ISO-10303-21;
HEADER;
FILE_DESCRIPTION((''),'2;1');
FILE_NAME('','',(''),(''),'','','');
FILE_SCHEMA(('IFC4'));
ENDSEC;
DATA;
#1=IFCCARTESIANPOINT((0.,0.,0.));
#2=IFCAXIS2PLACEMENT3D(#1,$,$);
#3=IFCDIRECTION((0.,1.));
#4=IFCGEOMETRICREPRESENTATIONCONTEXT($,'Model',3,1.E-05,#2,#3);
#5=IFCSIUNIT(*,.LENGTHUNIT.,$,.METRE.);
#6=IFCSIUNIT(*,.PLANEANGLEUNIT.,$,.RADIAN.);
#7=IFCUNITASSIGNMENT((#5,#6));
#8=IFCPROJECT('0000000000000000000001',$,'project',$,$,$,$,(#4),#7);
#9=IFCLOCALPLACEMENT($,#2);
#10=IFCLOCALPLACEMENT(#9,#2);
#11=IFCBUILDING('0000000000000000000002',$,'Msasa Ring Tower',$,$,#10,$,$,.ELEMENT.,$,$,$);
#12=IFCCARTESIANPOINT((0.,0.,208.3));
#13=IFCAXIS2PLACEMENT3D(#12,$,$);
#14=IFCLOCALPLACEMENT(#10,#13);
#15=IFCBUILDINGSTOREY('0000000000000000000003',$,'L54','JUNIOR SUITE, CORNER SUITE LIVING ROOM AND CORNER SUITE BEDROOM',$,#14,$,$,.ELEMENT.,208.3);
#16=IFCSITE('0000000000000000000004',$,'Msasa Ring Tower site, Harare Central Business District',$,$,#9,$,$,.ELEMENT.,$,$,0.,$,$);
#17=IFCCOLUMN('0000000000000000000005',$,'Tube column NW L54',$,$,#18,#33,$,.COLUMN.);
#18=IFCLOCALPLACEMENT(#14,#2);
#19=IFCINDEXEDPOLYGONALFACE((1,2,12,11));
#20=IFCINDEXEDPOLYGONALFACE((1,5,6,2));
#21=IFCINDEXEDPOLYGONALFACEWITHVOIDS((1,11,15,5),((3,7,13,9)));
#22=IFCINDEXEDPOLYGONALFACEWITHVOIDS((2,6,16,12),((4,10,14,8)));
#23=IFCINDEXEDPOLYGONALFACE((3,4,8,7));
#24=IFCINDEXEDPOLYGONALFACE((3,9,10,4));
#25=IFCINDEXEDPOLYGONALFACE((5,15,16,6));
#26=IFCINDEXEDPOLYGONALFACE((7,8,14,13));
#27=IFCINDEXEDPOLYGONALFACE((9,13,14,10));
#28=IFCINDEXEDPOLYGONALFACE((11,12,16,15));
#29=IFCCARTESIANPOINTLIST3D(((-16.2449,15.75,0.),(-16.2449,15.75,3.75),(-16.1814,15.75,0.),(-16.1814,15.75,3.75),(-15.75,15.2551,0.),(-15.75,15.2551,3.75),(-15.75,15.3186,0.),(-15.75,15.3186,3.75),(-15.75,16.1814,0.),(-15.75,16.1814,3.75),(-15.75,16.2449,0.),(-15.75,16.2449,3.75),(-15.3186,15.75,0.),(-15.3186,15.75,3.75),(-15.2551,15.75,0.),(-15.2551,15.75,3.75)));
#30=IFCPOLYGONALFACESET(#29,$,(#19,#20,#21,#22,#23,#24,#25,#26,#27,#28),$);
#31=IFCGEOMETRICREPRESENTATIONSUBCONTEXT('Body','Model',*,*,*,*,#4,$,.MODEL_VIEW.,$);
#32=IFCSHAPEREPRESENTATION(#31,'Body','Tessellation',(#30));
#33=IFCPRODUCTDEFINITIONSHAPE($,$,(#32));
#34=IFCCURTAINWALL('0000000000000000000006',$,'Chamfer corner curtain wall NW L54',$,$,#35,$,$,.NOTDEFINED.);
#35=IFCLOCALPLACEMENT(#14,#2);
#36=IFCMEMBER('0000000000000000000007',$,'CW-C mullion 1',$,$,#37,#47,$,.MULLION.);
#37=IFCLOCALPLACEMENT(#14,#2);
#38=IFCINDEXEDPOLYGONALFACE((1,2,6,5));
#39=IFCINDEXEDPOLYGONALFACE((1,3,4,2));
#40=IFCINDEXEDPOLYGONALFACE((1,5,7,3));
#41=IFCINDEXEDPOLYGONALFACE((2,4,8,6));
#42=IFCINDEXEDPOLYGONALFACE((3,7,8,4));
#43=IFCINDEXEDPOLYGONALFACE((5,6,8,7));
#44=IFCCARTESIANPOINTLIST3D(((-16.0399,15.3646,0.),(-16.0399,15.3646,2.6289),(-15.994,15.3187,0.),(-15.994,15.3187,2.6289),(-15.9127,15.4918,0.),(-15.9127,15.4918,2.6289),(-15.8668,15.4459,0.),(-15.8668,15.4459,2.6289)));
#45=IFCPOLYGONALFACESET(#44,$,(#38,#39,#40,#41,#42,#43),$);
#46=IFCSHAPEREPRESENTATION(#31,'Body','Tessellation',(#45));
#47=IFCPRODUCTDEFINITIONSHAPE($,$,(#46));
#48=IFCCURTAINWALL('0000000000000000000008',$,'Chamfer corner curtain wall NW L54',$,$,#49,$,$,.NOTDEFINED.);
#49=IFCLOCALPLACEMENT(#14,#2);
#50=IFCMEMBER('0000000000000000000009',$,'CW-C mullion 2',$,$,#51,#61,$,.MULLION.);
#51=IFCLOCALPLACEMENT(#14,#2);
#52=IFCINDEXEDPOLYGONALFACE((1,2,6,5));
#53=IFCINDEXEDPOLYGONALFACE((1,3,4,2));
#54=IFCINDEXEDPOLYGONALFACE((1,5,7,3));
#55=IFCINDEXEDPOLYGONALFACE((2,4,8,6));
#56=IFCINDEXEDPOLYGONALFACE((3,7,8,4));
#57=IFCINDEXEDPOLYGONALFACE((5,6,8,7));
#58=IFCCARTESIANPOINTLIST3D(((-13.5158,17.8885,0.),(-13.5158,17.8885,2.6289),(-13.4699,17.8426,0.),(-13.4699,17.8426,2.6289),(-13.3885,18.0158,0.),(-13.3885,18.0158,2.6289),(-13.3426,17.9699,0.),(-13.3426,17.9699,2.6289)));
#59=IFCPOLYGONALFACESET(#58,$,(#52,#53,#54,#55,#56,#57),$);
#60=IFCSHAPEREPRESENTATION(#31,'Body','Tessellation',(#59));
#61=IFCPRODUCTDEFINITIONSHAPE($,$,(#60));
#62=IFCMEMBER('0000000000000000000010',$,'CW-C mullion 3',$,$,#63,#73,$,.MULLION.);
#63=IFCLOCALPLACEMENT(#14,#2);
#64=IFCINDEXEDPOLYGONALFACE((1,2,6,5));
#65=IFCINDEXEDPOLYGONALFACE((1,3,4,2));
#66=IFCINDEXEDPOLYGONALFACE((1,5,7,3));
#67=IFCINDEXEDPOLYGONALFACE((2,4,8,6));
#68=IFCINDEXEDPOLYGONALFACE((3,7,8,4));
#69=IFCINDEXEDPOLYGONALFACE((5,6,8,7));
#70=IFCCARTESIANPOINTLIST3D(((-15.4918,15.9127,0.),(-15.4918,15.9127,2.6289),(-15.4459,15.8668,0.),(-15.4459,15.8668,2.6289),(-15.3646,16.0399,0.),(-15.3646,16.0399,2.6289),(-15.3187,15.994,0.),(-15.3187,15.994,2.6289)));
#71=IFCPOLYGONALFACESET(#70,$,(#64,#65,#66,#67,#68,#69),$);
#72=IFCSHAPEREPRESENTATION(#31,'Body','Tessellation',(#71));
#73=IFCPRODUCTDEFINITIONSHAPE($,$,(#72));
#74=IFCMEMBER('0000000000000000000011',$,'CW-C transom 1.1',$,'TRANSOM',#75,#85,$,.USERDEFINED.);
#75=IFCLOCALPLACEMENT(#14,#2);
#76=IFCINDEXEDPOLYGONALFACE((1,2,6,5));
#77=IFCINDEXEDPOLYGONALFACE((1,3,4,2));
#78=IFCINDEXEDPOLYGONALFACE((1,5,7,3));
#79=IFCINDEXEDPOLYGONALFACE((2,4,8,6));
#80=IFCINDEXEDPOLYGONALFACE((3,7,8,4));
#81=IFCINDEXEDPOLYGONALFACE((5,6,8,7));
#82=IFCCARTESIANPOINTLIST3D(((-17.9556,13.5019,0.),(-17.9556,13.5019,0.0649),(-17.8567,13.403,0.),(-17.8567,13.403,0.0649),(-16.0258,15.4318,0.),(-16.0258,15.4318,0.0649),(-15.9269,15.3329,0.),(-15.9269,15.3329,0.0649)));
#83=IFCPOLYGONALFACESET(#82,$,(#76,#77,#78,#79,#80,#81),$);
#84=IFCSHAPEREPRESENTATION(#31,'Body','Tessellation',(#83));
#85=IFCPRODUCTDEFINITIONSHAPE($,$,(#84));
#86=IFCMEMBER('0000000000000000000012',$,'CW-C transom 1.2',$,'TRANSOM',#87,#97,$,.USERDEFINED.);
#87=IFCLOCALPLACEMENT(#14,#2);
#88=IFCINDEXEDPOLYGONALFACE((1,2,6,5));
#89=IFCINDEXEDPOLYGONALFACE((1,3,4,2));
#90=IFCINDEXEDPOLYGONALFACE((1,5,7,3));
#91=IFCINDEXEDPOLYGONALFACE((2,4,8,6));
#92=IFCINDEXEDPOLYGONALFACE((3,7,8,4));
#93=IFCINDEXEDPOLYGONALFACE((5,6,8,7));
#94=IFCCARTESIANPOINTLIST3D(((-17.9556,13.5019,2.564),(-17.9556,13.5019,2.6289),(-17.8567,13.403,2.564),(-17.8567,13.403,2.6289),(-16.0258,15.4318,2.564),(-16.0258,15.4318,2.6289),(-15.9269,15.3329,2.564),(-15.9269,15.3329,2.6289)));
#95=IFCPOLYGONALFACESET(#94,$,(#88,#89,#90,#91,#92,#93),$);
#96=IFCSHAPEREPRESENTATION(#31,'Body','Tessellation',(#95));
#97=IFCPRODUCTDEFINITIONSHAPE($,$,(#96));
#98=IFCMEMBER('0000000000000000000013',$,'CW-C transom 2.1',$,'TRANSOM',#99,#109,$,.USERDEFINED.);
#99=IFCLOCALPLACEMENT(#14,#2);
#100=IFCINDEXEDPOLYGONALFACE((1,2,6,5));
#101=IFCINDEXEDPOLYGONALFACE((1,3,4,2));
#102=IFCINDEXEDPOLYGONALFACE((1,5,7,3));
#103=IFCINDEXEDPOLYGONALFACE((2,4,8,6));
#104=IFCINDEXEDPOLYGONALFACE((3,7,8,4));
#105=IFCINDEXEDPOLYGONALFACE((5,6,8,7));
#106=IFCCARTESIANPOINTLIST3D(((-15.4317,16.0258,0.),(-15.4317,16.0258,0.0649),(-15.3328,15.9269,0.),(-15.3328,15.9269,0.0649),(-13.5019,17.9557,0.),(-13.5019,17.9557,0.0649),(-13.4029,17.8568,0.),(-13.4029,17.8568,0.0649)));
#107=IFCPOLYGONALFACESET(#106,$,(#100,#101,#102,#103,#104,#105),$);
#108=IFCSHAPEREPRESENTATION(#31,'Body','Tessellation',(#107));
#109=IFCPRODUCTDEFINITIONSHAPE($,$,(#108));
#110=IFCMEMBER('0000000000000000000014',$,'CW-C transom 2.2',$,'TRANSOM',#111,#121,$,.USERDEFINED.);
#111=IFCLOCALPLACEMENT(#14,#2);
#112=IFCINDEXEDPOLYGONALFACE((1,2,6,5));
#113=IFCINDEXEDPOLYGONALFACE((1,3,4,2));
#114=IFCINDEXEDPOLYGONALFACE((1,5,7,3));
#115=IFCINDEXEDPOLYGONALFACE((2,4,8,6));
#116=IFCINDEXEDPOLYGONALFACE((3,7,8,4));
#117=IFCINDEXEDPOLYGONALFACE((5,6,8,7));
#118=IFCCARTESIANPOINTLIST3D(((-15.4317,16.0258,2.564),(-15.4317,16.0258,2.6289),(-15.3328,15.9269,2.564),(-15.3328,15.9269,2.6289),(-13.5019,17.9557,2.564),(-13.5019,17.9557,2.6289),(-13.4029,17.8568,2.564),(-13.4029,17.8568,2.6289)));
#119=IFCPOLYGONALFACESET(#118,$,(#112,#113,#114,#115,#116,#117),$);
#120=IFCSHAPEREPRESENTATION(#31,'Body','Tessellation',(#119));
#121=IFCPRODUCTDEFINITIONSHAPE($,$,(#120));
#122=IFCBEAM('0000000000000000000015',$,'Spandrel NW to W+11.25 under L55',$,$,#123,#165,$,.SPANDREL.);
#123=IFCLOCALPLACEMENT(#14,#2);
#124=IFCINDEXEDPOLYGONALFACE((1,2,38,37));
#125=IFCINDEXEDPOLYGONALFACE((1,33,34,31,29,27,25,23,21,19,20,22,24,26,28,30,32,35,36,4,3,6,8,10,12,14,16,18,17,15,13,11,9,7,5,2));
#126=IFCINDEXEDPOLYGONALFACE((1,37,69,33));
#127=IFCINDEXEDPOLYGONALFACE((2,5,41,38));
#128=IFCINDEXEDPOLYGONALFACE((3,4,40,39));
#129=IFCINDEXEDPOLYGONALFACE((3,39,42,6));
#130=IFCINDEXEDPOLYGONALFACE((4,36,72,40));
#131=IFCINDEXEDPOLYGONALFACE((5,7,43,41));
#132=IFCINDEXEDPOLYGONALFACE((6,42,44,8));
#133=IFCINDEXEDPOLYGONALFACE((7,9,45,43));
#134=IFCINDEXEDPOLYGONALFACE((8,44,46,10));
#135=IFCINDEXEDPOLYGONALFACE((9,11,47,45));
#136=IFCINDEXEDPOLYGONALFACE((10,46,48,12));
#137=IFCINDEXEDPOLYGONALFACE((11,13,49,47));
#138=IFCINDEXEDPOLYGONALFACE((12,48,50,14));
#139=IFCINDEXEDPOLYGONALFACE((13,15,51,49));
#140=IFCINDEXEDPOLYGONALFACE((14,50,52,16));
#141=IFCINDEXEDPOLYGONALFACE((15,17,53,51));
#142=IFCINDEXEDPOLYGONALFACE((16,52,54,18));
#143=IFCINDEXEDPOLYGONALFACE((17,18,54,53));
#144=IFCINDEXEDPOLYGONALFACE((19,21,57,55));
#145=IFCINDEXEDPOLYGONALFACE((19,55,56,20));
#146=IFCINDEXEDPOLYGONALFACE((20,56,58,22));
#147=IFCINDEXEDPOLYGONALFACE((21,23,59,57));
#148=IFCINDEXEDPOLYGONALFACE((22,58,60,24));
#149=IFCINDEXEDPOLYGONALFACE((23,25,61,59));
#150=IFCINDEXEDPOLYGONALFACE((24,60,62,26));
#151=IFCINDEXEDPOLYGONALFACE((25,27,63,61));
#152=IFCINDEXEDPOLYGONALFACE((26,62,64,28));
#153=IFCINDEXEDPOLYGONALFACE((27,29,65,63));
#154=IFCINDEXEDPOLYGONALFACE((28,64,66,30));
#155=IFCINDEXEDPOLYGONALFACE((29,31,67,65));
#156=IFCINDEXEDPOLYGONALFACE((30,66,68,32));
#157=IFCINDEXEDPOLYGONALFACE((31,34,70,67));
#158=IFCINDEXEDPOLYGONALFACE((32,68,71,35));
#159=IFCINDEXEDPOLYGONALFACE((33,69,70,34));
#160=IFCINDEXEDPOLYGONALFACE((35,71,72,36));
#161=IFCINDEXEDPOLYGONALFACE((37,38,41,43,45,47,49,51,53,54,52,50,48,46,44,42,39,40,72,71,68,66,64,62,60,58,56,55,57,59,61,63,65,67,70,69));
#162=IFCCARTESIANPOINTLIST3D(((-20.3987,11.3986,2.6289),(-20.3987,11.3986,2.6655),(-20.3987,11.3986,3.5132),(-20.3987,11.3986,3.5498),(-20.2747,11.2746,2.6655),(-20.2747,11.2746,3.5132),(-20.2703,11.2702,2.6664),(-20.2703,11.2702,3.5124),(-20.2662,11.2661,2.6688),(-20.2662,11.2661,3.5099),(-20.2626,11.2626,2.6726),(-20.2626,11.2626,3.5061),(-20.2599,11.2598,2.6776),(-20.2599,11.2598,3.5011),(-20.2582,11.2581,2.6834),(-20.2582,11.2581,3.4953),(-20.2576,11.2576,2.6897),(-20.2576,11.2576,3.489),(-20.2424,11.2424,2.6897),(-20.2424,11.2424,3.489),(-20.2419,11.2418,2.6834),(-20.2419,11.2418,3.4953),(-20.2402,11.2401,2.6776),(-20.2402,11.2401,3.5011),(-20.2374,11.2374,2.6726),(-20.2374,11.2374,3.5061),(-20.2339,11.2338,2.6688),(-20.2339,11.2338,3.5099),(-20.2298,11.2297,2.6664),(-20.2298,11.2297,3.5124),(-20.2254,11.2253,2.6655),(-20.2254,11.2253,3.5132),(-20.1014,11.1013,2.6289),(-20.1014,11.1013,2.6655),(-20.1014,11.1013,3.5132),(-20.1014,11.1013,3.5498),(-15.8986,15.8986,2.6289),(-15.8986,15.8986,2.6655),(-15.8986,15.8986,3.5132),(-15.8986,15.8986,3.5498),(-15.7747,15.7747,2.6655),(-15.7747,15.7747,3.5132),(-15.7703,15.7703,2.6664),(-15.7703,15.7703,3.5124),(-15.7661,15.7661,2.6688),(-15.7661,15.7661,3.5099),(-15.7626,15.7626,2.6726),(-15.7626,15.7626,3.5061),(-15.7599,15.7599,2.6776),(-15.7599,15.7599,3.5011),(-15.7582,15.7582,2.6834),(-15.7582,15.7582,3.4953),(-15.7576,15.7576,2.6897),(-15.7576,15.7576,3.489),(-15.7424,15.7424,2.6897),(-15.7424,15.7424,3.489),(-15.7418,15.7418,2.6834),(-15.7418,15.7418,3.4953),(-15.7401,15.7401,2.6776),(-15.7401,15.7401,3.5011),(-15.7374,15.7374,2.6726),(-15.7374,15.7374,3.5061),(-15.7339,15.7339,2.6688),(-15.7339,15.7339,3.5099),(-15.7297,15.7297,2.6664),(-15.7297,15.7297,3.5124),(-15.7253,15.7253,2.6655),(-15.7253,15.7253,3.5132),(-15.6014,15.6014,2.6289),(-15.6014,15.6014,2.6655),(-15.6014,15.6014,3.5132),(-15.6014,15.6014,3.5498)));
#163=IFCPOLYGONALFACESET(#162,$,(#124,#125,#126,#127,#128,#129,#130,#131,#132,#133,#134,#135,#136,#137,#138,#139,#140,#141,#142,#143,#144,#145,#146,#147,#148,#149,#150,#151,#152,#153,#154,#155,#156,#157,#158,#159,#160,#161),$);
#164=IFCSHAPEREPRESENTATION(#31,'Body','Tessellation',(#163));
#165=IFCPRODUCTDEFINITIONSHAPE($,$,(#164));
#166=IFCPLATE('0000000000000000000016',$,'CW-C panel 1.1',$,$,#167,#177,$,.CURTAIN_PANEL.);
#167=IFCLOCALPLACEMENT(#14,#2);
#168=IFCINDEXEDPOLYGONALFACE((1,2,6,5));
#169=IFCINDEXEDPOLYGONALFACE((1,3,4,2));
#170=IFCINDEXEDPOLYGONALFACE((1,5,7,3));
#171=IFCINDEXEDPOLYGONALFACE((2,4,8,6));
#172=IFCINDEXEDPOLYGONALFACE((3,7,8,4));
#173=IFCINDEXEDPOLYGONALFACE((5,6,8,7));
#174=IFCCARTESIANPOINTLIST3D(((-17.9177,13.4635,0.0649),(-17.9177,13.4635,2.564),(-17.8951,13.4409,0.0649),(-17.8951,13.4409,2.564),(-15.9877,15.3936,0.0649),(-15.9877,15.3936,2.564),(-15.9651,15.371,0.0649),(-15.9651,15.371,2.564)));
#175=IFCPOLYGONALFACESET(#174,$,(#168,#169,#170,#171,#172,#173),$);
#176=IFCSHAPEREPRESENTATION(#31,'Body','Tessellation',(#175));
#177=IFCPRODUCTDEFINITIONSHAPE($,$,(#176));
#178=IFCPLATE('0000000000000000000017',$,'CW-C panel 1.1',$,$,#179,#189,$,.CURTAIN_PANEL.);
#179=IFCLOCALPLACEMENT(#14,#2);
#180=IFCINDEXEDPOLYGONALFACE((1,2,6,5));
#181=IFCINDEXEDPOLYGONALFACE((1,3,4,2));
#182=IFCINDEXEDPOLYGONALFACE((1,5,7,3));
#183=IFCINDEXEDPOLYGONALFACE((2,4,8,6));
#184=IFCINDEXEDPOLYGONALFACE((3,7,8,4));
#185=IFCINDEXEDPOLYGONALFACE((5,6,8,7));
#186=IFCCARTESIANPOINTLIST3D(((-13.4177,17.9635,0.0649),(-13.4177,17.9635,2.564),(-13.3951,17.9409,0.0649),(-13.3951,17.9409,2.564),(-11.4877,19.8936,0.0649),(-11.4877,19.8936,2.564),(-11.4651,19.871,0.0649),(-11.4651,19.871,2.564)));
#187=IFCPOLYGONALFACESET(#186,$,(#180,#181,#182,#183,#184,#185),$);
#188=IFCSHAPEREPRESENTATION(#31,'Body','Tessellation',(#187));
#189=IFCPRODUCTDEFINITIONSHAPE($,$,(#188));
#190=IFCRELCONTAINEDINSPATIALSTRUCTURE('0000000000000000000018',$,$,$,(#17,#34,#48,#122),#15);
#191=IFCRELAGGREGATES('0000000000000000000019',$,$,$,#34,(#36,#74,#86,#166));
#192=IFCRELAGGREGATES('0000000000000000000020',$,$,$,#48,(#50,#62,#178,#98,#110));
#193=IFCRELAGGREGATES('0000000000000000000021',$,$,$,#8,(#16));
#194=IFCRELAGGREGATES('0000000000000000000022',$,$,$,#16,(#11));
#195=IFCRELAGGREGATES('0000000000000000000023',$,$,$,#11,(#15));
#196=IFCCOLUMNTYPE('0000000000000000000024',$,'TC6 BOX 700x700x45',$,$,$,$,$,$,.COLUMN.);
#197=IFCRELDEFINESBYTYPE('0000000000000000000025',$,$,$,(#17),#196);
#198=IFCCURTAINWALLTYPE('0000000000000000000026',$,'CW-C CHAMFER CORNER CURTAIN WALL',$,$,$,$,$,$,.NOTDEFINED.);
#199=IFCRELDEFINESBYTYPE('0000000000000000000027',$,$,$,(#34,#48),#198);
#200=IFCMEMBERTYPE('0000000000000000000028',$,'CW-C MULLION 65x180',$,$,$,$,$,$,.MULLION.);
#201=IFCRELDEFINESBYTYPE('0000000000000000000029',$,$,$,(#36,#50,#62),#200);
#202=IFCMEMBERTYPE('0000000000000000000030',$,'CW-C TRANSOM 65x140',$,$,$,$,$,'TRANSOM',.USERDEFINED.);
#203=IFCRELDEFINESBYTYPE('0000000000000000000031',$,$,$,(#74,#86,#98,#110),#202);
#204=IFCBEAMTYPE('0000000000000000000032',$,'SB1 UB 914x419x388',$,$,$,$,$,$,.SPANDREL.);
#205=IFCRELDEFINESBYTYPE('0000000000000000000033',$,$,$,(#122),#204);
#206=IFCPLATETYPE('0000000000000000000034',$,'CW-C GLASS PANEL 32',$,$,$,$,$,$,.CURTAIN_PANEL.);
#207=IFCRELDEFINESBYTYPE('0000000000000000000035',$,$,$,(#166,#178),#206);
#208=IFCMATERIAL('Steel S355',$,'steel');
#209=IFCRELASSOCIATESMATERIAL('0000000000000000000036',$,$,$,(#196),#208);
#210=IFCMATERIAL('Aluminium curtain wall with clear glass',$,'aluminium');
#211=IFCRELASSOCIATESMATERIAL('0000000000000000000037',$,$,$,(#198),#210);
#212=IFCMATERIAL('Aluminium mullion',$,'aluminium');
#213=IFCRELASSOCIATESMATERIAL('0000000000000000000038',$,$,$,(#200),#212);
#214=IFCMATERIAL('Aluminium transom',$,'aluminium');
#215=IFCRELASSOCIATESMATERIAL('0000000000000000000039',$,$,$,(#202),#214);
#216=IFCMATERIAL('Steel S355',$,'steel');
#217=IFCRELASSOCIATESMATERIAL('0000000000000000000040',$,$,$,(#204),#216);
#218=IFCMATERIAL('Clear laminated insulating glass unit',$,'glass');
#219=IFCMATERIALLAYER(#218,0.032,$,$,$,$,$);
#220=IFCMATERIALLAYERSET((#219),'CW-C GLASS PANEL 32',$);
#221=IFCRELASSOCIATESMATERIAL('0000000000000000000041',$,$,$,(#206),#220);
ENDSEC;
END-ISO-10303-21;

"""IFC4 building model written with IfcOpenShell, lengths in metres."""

from ifc_helpers import new_model, si_unit, direction, frame, origin, origin_2d, place, context, subcontext, project, spatial, rectangle, hollow_rectangle, i_section, extrude, material, layer, layer_set, material_profile, profile_set, type_object, element, aggregate, save


model = new_model("IFC4")

# Units and contexts
model_context = context("Model", 3, precision=1e-05, world=origin(), true_north=direction((0.0, 1.0)))
body_context = subcontext(model_context, "Body", "Model", "MODEL_VIEW")
ifc_project = project(units=[si_unit("LENGTHUNIT", "METRE"), si_unit("PLANEANGLEUNIT", "RADIAN")], contexts=[model_context])

# Site, building, storey
site_placement = place(None, origin())
site = spatial("IfcSite", under=ifc_project, at=site_placement, Name="Msasa Ring Tower site, Harare Central Business District", CompositionType="ELEMENT", RefElevation=0.0)
building_placement = place(site_placement, origin())
building = spatial("IfcBuilding", under=site, at=building_placement, Name="Msasa Ring Tower", CompositionType="ELEMENT")
storey_placement = place(building_placement, frame((0.0, 0.0, 208.3)))
storey = spatial("IfcBuildingStorey", under=building, at=storey_placement, Name="L54", Description="JUNIOR SUITE, CORNER SUITE LIVING ROOM AND CORNER SUITE BEDROOM", CompositionType="ELEMENT", Elevation=208.3)

# Column
ifc_material_1 = material(Name="Steel S355", Category="steel")
ifc_material_profile_1 = material_profile(ifc_material_1, hollow_rectangle(XDim=0.7, YDim=0.7, WallThickness=0.0449, at=origin_2d()), Name="BOX 700x700x45")
ifc_profile_set_1 = profile_set([ifc_material_profile_1], Name="Steel S355")
column_type = type_object("IfcColumnType", Name="TC6 BOX 700x700x45", PredefinedType="COLUMN", material=ifc_profile_set_1)
column_placement = place(storey_placement, frame((-15.75, 15.75, 0.0), z_axis=(0.0, 0.0, 1.0), x_axis=(0.707107, -0.707107, 0.0)))
element("IfcColumn", 1, at=column_placement, inside=storey, type_object=column_type, Name="Tube column NW L54", PredefinedType="COLUMN", context=body_context, shape_type="SweptSolid", body=[
    extrude(hollow_rectangle(XDim=0.7, YDim=0.7, WallThickness=0.0449, at=origin_2d()), origin(), (0.0, 0.0, 1.0), 3.75),
])

# Curtain wall, member
ifc_material_2 = material(Name="Aluminium curtain wall with clear glass", Category="aluminium")
curtain_wall_type = type_object("IfcCurtainWallType", Name="CW-C CHAMFER CORNER CURTAIN WALL", PredefinedType="NOTDEFINED", material=ifc_material_2)
curtain_wall_1_placement = place(storey_placement, origin())
curtain_wall_1 = element("IfcCurtainWall", 2, at=curtain_wall_1_placement, inside=storey, type_object=curtain_wall_type, Name="Chamfer corner curtain wall NW L54", PredefinedType="NOTDEFINED")
ifc_material_3 = material(Name="Aluminium mullion", Category="aluminium")
ifc_material_profile_2 = material_profile(ifc_material_3, rectangle(XDim=0.0649, YDim=0.1799, at=origin_2d()), Name="AL 65x180")
ifc_profile_set_2 = profile_set([ifc_material_profile_2], Name="Aluminium mullion")
member_type_1 = type_object("IfcMemberType", Name="CW-C MULLION 65x180", PredefinedType="MULLION", material=ifc_profile_set_2)
member_1_placement = place(storey_placement, frame((-15.9534, 15.4053, 0.0), z_axis=(0.0, 0.0, 1.0), x_axis=(0.707107, -0.707107, 0.0)))
member_1 = element("IfcMember", 3, at=member_1_placement, type_object=member_type_1, Name="CW-C mullion 1", PredefinedType="MULLION", context=body_context, shape_type="SweptSolid", body=[
    extrude(rectangle(XDim=0.0649, YDim=0.1799, at=origin_2d()), origin(), (0.0, 0.0, 1.0), 2.6289),
])

# Curtain wall, members
curtain_wall_2_placement = place(storey_placement, origin())
curtain_wall_2 = element("IfcCurtainWall", 4, at=curtain_wall_2_placement, inside=storey, type_object=curtain_wall_type, Name="Chamfer corner curtain wall NW L54", PredefinedType="NOTDEFINED")
member_2_placement = place(storey_placement, frame((-13.4292, 17.9292, 0.0), z_axis=(0.0, 0.0, 1.0), x_axis=(0.707107, -0.707107, 0.0)))
member_2 = element("IfcMember", 5, at=member_2_placement, type_object=member_type_1, Name="CW-C mullion 2", PredefinedType="MULLION", context=body_context, shape_type="SweptSolid", body=[
    extrude(rectangle(XDim=0.0649, YDim=0.1799, at=origin_2d()), origin(), (0.0, 0.0, 1.0), 2.6289),
])
member_3_placement = place(storey_placement, frame((-15.4053, 15.9534, 0.0), z_axis=(0.0, 0.0, 1.0), x_axis=(0.707107, -0.707107, 0.0)))
member_3 = element("IfcMember", 6, at=member_3_placement, type_object=member_type_1, Name="CW-C mullion 3", PredefinedType="MULLION", context=body_context, shape_type="SweptSolid", body=[
    extrude(rectangle(XDim=0.0649, YDim=0.1799, at=origin_2d()), origin(), (0.0, 0.0, 1.0), 2.6289),
])

# Members
ifc_material_4 = material(Name="Aluminium transom", Category="aluminium")
ifc_material_profile_3 = material_profile(ifc_material_4, rectangle(XDim=0.1399, YDim=0.0649, at=origin_2d()), Name="AL 65x140")
ifc_profile_set_3 = profile_set([ifc_material_profile_3], Name="Aluminium transom")
member_type_2 = type_object("IfcMemberType", Name="CW-C TRANSOM 65x140", ElementType="TRANSOM", PredefinedType="USERDEFINED", material=ifc_profile_set_3)
member_4_placement = place(storey_placement, frame((-15.9763, 15.3823, 0.0325), z_axis=(-0.707107, -0.707107, 0.0), x_axis=(0.707107, -0.707107, 0.0)))
member_4 = element("IfcMember", 7, at=member_4_placement, type_object=member_type_2, Name="CW-C transom 1.1", ObjectType="TRANSOM", PredefinedType="USERDEFINED", context=body_context, shape_type="SweptSolid", body=[
    extrude(rectangle(XDim=0.1399, YDim=0.0649, at=origin_2d()), origin(), (0.0, 0.0, 1.0), 2.7292),
])
member_5_placement = place(storey_placement, frame((-15.9763, 15.3823, 2.5964), z_axis=(-0.707107, -0.707107, 0.0), x_axis=(0.707107, -0.707107, 0.0)))
member_5 = element("IfcMember", 8, at=member_5_placement, type_object=member_type_2, Name="CW-C transom 1.2", ObjectType="TRANSOM", PredefinedType="USERDEFINED", context=body_context, shape_type="SweptSolid", body=[
    extrude(rectangle(XDim=0.1399, YDim=0.0649, at=origin_2d()), origin(), (0.0, 0.0, 1.0), 2.7292),
])
member_6_placement = place(storey_placement, frame((-13.4524, 17.9062, 0.0325), z_axis=(-0.707107, -0.707107, 0.0), x_axis=(0.707107, -0.707107, 0.0)))
member_6 = element("IfcMember", 9, at=member_6_placement, type_object=member_type_2, Name="CW-C transom 2.1", ObjectType="TRANSOM", PredefinedType="USERDEFINED", context=body_context, shape_type="SweptSolid", body=[
    extrude(rectangle(XDim=0.1399, YDim=0.0649, at=origin_2d()), origin(), (0.0, 0.0, 1.0), 2.7292),
])
member_7_placement = place(storey_placement, frame((-13.4524, 17.9062, 2.5964), z_axis=(-0.707107, -0.707107, 0.0), x_axis=(0.707107, -0.707107, 0.0)))
member_7 = element("IfcMember", 10, at=member_7_placement, type_object=member_type_2, Name="CW-C transom 2.2", ObjectType="TRANSOM", PredefinedType="USERDEFINED", context=body_context, shape_type="SweptSolid", body=[
    extrude(rectangle(XDim=0.1399, YDim=0.0649, at=origin_2d()), origin(), (0.0, 0.0, 1.0), 2.7292),
])

# Beam
ifc_material_5 = material(Name="Steel S355", Category="steel")
ifc_material_profile_4 = material_profile(ifc_material_5, i_section(OverallWidth=0.4204, OverallDepth=0.9209, WebThickness=0.0215, FlangeThickness=0.0366, FilletRadius=0.0242, at=origin_2d()), Name="UB 914x419x388")
ifc_profile_set_4 = profile_set([ifc_material_profile_4], Name="Steel S355")
beam_type = type_object("IfcBeamType", Name="SB1 UB 914x419x388", PredefinedType="SPANDREL", material=ifc_profile_set_4)
beam_placement = place(storey_placement, frame((-15.75, 15.75, 3.0894), z_axis=(-0.707107, -0.707107, 0.0), x_axis=(0.707107, -0.707107, 0.0)))
element("IfcBeam", 11, at=beam_placement, inside=storey, type_object=beam_type, Name="Spandrel NW to W+11.25 under L55", PredefinedType="SPANDREL", context=body_context, shape_type="SweptSolid", body=[
    extrude(i_section(OverallWidth=0.4204, OverallDepth=0.9209, WebThickness=0.0215, FlangeThickness=0.0366, FilletRadius=0.0242, at=origin_2d()), origin(), (0.0, 0.0, 1.0), 6.364),
])

# Plates
ifc_material_6 = material(Name="Clear laminated insulating glass unit", Category="glass")
ifc_layer = layer(ifc_material_6, 0.032)
ifc_layer_set = layer_set([ifc_layer], Name="CW-C GLASS PANEL 32")
plate_type = type_object("IfcPlateType", Name="CW-C GLASS PANEL 32", PredefinedType="CURTAIN_PANEL", material=ifc_layer_set)
plate_1_placement = place(storey_placement, frame((-16.9414, 14.4172, 0.0649), z_axis=(0.0, 0.0, 1.0), x_axis=(-0.707107, -0.707107, 0.0)))
plate_1 = element("IfcPlate", 12, at=plate_1_placement, type_object=plate_type, Name="CW-C panel 1.1", PredefinedType="CURTAIN_PANEL", context=body_context, shape_type="SweptSolid", body=[
    extrude(rectangle(XDim=2.7295, YDim=0.032, at=origin_2d()), origin(), (0.0, 0.0, 1.0), 2.499),
])
aggregate(curtain_wall_1, [member_1, member_4, member_5, plate_1])
plate_2_placement = place(storey_placement, frame((-12.4414, 18.9172, 0.0649), z_axis=(0.0, 0.0, 1.0), x_axis=(-0.707107, -0.707107, 0.0)))
plate_2 = element("IfcPlate", 13, at=plate_2_placement, type_object=plate_type, Name="CW-C panel 1.1", PredefinedType="CURTAIN_PANEL", context=body_context, shape_type="SweptSolid", body=[
    extrude(rectangle(XDim=2.7295, YDim=0.032, at=origin_2d()), origin(), (0.0, 0.0, 1.0), 2.499),
])
aggregate(curtain_wall_2, [member_2, member_3, plate_2, member_6, member_7])

save(model, "model.ifc")
